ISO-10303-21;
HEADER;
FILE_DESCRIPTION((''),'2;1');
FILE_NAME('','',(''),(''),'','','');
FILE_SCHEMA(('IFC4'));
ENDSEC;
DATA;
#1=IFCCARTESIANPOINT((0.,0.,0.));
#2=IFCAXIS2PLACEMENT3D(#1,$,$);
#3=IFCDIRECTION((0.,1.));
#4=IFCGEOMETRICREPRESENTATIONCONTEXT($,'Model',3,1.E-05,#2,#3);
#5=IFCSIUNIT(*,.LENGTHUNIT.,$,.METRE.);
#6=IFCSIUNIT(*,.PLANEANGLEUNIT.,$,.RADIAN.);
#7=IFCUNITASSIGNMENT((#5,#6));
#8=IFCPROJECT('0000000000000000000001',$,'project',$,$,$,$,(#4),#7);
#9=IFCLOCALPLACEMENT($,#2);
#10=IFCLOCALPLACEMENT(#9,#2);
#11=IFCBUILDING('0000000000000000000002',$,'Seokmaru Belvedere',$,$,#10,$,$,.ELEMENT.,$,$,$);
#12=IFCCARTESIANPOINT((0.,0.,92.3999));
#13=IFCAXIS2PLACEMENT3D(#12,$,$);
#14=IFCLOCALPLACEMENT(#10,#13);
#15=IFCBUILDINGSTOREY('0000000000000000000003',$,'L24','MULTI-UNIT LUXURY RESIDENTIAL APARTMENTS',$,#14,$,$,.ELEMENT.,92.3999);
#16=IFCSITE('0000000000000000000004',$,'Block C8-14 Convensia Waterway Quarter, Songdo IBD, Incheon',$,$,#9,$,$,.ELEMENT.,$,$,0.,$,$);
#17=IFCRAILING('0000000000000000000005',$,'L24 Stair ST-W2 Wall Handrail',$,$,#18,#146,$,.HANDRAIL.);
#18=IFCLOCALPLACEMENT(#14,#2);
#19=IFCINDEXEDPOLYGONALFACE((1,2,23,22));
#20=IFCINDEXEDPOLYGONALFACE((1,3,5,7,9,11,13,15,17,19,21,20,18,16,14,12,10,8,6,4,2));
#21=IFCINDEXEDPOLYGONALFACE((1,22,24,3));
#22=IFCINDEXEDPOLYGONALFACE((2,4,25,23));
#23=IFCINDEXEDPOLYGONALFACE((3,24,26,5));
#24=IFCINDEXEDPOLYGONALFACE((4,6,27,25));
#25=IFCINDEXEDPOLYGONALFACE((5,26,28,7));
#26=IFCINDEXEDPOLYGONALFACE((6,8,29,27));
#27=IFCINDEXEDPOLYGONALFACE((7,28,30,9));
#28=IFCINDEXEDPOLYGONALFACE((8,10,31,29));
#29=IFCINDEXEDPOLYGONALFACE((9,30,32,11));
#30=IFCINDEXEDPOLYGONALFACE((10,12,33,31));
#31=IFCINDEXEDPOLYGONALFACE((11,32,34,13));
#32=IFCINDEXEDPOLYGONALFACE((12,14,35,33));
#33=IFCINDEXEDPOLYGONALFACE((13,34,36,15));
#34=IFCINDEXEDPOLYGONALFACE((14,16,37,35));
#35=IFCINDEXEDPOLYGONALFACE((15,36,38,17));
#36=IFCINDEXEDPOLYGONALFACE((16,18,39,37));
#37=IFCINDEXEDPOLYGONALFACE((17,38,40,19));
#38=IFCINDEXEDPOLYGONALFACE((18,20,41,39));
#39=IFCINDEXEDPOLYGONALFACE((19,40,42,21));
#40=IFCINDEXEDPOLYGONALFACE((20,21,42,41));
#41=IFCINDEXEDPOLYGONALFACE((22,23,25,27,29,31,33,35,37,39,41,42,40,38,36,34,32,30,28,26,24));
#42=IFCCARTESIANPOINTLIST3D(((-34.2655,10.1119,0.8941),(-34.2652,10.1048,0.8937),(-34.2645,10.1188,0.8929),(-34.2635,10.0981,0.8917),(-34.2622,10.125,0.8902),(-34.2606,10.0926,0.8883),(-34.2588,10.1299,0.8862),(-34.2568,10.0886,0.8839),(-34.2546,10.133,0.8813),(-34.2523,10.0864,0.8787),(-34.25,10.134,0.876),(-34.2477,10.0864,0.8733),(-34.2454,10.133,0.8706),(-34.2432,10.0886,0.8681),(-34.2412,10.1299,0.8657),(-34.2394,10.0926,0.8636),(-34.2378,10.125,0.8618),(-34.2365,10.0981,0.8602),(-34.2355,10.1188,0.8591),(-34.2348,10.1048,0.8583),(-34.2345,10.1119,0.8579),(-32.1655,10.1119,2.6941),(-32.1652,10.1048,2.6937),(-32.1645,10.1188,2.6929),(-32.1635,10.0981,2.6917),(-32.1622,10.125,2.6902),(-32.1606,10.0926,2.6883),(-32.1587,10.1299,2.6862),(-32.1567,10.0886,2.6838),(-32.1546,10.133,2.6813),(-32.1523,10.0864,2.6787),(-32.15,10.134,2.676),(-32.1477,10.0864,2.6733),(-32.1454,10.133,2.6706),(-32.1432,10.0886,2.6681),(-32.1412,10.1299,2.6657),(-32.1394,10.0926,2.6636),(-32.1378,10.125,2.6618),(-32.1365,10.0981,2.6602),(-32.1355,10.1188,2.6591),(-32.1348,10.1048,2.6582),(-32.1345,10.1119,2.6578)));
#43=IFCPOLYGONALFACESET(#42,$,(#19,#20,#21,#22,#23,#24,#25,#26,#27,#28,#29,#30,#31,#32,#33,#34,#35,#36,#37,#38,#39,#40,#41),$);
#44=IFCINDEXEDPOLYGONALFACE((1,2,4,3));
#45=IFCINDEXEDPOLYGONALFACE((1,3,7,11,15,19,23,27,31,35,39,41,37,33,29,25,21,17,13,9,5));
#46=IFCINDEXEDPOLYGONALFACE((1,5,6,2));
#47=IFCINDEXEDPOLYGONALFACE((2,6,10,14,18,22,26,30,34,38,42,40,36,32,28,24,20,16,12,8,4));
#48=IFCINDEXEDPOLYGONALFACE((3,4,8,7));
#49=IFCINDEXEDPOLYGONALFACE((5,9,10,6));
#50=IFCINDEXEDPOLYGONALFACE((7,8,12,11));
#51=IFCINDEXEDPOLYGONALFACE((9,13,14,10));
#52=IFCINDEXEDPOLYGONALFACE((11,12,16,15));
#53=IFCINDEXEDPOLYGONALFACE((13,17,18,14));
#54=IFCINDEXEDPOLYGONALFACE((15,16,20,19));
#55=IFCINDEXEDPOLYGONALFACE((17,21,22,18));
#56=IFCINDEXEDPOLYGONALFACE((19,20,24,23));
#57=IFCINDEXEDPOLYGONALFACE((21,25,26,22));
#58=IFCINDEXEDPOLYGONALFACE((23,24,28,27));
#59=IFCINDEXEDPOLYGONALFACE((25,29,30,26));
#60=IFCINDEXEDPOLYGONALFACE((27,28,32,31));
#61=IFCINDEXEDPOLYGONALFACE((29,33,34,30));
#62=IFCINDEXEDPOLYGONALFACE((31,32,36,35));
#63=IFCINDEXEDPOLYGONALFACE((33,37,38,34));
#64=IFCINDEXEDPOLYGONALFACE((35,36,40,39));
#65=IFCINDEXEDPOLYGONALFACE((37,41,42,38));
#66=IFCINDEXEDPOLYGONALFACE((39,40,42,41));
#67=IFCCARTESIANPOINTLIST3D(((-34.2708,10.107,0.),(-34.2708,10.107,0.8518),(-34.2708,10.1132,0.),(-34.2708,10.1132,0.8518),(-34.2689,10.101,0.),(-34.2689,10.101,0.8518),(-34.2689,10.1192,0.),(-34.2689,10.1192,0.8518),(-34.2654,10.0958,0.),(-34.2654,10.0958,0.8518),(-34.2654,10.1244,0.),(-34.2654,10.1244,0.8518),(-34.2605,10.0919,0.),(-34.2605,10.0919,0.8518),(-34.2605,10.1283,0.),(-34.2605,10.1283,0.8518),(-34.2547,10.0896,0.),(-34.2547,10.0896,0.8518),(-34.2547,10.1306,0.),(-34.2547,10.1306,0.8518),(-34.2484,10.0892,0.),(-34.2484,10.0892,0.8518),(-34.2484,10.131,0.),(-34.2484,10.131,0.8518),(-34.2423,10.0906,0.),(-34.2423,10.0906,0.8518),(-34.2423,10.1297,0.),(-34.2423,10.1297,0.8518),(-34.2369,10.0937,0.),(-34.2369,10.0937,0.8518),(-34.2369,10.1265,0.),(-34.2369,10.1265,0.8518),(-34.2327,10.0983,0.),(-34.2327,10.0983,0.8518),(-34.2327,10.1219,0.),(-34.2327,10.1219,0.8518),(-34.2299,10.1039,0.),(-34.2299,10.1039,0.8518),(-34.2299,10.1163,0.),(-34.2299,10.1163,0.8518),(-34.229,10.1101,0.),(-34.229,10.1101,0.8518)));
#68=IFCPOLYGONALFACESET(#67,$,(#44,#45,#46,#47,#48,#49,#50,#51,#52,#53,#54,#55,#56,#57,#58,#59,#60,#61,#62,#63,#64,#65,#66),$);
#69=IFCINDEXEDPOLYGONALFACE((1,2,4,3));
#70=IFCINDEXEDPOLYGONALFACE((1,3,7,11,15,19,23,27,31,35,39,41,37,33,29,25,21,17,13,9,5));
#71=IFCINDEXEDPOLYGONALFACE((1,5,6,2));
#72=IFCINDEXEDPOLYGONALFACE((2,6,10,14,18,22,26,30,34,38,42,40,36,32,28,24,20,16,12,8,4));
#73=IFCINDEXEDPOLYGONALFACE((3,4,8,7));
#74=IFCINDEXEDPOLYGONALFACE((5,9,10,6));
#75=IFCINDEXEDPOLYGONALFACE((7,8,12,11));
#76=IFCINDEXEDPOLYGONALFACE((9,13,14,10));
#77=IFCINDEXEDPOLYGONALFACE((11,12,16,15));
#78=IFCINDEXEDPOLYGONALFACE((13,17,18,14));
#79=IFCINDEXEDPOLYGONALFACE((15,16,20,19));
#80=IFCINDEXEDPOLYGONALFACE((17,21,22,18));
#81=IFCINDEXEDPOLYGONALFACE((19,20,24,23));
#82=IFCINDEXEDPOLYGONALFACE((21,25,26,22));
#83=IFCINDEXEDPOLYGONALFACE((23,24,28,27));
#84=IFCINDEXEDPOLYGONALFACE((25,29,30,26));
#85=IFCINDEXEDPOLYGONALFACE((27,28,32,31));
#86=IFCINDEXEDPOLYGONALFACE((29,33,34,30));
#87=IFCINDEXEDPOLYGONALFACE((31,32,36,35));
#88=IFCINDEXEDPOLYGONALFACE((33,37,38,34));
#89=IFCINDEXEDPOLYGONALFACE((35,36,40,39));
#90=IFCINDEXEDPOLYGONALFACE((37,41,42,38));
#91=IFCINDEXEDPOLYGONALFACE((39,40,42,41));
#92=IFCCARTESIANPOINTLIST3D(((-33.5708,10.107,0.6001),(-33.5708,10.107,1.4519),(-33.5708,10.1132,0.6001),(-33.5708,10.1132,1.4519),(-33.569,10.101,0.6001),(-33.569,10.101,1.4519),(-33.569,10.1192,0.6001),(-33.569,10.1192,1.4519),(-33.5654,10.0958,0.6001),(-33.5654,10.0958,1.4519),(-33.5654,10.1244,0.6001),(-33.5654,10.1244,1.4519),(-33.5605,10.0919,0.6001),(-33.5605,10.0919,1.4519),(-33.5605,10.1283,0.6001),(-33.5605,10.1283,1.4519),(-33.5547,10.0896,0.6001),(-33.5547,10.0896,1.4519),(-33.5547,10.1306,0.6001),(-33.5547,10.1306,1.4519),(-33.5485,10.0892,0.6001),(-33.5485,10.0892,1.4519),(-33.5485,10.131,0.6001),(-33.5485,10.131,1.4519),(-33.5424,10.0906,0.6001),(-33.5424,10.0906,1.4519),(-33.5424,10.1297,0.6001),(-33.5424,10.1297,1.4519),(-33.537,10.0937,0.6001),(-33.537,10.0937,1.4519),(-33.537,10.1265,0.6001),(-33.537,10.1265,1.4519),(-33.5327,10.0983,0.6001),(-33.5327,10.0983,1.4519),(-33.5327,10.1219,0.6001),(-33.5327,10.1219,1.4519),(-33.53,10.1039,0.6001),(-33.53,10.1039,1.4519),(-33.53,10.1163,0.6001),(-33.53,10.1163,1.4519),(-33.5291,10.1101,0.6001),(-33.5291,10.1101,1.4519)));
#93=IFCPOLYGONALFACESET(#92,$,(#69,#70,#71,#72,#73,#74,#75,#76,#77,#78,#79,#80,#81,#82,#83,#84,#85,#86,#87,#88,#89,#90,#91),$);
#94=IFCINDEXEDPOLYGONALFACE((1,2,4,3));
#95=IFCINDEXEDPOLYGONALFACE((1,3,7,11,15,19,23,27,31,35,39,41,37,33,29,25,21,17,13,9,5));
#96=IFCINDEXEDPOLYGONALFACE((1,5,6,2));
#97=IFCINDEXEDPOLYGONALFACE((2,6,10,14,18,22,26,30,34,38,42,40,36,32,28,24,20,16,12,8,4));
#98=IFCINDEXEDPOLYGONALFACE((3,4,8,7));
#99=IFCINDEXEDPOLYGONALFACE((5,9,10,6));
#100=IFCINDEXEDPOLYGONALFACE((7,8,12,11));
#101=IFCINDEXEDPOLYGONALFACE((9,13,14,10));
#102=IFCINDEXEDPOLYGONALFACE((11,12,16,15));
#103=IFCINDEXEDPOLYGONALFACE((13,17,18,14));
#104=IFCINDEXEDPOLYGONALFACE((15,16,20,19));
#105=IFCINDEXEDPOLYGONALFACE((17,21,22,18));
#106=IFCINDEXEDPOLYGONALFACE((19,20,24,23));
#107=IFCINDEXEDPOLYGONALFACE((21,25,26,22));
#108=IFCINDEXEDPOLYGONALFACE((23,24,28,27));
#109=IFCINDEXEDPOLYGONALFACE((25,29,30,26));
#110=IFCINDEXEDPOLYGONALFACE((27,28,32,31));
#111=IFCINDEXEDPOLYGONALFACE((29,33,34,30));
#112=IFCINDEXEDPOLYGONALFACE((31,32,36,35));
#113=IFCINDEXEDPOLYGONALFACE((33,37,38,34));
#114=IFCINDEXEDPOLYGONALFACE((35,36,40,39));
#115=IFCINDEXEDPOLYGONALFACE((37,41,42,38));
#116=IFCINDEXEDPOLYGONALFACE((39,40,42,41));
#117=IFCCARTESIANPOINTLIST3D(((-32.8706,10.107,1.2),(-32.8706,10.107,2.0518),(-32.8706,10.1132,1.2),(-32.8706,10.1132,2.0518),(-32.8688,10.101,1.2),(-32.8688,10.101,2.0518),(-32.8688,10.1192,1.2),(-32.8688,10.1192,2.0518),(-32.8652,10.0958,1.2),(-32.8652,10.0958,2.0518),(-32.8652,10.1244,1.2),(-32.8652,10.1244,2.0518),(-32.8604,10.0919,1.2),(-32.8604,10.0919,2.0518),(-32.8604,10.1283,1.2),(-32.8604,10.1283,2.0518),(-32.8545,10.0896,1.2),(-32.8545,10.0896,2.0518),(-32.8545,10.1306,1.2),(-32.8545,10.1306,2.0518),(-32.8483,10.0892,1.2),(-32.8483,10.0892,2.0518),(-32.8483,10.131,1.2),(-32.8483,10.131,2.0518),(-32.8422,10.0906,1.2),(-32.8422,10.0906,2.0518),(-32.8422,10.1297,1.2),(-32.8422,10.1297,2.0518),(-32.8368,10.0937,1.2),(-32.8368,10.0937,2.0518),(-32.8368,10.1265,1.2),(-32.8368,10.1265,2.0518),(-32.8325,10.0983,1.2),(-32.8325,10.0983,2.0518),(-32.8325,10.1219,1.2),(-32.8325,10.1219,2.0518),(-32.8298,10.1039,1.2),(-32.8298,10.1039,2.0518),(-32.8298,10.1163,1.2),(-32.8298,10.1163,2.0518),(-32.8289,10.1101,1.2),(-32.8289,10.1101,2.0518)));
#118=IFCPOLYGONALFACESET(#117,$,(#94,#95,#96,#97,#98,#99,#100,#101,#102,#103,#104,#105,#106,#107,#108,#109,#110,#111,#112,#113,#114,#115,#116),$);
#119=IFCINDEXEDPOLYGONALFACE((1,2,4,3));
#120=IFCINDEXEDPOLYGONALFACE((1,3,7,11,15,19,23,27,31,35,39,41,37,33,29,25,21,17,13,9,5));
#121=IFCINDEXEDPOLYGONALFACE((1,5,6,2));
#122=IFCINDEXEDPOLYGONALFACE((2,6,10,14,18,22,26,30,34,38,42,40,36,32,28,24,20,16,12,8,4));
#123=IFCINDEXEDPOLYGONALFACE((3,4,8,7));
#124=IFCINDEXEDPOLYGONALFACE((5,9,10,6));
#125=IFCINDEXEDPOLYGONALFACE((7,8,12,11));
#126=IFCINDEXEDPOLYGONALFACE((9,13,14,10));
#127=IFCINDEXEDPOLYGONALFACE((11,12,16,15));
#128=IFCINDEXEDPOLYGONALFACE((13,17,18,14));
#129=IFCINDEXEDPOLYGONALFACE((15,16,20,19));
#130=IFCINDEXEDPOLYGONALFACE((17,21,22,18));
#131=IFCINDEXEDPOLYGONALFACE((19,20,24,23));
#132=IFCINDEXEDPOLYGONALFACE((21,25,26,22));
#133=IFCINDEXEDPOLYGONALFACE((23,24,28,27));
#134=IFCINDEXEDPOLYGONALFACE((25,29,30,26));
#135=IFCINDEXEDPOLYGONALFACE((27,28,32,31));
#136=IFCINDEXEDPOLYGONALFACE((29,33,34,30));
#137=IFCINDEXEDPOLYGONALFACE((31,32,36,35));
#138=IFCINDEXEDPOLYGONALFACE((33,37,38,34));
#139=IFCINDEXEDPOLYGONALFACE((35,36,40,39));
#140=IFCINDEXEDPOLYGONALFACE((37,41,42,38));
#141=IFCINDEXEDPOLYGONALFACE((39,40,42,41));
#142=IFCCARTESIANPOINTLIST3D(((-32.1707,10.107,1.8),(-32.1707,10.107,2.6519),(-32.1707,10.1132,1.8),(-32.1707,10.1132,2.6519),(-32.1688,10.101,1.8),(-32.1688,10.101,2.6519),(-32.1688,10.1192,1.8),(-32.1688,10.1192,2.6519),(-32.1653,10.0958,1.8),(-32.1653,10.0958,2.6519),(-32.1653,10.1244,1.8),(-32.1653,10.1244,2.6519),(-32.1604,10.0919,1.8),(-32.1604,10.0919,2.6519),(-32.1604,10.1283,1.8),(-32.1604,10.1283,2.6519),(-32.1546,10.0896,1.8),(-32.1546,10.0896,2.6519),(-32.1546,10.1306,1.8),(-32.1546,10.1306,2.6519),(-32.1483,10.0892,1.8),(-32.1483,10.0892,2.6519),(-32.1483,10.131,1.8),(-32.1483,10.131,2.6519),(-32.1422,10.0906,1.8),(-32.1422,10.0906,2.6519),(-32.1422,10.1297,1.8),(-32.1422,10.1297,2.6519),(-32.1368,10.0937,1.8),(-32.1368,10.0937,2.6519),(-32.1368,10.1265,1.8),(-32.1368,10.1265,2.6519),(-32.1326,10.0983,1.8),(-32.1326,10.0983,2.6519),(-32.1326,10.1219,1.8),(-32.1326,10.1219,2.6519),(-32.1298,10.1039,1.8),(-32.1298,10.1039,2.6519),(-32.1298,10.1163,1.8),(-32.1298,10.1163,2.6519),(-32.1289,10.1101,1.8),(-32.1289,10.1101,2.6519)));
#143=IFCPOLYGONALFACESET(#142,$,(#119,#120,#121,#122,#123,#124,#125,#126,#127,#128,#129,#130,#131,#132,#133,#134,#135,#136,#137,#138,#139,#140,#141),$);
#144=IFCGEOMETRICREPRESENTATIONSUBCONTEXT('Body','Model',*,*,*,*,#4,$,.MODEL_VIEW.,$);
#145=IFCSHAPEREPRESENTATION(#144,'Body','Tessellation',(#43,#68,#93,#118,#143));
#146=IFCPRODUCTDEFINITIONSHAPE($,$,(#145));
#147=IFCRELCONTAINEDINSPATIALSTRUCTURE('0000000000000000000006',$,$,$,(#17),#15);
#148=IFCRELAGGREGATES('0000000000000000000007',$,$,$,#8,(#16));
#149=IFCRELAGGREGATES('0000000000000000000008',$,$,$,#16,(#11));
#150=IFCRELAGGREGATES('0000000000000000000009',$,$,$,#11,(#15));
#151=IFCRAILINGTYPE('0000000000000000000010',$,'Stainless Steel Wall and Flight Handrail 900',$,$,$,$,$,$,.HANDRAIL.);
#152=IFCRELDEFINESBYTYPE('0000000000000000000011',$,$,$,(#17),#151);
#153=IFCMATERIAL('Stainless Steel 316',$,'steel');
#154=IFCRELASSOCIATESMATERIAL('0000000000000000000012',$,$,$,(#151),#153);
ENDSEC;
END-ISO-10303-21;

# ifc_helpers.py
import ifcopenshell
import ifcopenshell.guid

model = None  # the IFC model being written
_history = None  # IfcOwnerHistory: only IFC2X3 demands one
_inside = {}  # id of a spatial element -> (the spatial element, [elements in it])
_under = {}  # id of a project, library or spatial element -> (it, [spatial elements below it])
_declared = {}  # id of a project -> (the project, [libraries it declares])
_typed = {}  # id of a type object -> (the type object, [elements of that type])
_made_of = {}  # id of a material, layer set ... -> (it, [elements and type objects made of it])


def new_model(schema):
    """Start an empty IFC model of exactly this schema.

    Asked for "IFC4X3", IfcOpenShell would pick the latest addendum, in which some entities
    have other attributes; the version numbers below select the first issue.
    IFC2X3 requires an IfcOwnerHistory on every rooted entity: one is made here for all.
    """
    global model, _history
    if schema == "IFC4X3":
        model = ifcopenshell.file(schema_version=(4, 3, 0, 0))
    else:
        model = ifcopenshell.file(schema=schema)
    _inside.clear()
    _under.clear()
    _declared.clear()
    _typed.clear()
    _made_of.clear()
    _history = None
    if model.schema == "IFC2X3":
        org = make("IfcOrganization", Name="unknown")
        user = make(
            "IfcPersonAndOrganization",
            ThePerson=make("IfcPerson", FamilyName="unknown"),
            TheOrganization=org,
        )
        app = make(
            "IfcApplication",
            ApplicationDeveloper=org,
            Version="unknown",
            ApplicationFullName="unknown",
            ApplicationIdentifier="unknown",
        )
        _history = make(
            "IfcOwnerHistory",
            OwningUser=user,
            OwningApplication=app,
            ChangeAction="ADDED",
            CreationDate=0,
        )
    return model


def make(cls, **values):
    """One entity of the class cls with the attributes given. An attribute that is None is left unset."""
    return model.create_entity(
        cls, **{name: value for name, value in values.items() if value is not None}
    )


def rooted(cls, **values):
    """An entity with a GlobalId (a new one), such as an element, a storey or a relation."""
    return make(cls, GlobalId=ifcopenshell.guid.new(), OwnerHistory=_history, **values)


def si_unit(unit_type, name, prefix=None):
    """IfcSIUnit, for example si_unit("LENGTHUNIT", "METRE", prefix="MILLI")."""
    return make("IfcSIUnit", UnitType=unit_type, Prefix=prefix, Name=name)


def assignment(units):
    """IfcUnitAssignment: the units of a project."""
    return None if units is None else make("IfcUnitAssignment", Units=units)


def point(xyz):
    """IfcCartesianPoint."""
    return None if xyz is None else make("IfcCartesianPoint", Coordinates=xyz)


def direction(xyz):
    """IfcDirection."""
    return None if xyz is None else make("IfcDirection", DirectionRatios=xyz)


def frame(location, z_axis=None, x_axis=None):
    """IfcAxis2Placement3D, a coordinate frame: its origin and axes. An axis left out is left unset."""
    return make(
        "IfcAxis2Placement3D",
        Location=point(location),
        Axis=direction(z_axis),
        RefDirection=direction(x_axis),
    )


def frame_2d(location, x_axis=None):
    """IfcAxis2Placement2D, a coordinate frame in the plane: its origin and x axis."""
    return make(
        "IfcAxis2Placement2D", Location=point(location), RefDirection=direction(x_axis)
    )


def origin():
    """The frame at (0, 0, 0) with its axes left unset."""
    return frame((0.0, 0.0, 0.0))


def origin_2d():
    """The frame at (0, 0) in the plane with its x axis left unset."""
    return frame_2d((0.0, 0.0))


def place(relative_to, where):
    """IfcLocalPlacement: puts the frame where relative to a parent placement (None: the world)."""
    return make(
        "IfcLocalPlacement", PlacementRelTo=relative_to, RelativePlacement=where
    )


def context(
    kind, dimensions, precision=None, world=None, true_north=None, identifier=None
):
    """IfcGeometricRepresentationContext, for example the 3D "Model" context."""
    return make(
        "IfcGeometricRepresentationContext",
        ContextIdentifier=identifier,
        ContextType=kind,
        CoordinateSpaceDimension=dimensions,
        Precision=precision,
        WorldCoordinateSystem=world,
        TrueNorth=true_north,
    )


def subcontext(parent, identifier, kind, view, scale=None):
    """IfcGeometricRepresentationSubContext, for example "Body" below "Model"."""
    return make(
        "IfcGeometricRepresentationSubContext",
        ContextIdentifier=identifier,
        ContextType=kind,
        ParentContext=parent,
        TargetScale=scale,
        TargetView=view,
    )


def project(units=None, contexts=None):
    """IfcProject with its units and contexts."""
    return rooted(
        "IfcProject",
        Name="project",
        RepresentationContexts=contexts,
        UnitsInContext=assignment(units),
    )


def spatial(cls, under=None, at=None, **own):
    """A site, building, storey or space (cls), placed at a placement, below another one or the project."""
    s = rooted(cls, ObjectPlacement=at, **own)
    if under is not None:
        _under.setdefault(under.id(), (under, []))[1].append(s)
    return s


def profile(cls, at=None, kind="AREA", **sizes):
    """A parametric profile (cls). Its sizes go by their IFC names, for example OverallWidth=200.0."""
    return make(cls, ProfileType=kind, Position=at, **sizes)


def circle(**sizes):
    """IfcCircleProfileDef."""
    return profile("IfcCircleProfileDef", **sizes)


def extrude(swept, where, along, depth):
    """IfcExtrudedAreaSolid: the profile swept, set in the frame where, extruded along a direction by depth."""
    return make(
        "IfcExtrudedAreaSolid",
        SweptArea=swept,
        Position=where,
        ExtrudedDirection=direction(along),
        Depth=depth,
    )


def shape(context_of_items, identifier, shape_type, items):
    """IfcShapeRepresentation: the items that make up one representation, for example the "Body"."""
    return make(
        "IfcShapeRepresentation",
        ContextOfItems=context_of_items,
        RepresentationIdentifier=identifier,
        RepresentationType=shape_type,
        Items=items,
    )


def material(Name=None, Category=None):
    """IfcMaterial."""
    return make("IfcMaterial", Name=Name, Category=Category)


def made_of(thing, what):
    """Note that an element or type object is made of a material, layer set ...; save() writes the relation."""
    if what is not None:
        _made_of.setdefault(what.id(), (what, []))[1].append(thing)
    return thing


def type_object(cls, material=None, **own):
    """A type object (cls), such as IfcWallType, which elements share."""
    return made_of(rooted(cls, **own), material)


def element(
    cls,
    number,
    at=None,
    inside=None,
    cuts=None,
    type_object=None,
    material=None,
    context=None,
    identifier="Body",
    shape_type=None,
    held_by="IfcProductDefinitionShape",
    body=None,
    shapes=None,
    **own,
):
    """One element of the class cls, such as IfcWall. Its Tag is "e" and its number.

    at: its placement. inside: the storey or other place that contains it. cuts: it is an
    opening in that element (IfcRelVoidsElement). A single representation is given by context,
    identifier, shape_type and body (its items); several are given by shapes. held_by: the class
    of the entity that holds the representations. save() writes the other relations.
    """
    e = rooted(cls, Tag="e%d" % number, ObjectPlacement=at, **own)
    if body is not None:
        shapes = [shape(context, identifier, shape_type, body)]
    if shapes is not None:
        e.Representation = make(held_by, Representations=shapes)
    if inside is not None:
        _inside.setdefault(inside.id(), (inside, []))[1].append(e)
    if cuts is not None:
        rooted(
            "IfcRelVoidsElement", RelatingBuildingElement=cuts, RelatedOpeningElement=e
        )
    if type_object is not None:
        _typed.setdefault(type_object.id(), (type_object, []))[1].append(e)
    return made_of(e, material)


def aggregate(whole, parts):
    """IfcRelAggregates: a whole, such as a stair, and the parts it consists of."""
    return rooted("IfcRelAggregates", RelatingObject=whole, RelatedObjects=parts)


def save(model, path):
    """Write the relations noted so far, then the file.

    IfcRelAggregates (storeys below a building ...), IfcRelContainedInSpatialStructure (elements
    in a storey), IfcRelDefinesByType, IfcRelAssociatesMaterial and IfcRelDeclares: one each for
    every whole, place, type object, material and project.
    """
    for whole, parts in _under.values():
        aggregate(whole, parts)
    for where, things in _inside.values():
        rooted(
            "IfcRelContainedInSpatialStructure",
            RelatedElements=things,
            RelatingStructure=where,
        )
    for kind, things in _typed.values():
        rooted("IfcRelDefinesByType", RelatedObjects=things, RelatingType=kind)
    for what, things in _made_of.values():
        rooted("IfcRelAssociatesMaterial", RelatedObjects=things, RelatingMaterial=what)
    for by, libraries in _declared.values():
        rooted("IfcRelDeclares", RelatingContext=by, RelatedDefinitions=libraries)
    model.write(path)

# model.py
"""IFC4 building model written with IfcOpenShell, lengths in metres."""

from ifc_helpers import new_model, si_unit, direction, frame, origin, origin_2d, place, context, subcontext, project, spatial, circle, extrude, material, type_object, element, save


model = new_model("IFC4")

# Units and contexts
model_context = context("Model", 3, precision=1e-05, world=origin(), true_north=direction((0.0, 1.0)))
body_context = subcontext(model_context, "Body", "Model", "MODEL_VIEW")
ifc_project = project(units=[si_unit("LENGTHUNIT", "METRE"), si_unit("PLANEANGLEUNIT", "RADIAN")], contexts=[model_context])

# Site, building, storey
site_placement = place(None, origin())
site = spatial("IfcSite", under=ifc_project, at=site_placement, Name="Block C8-14 Convensia Waterway Quarter, Songdo IBD, Incheon", CompositionType="ELEMENT", RefElevation=0.0)
building_placement = place(site_placement, origin())
building = spatial("IfcBuilding", under=site, at=building_placement, Name="Seokmaru Belvedere", CompositionType="ELEMENT")
storey_placement = place(building_placement, frame((0.0, 0.0, 92.3999)))
storey = spatial("IfcBuildingStorey", under=building, at=storey_placement, Name="L24", Description="MULTI-UNIT LUXURY RESIDENTIAL APARTMENTS", CompositionType="ELEMENT", Elevation=92.3999)

# Railing
ifc_material_1 = material(Name="Stainless Steel 316", Category="steel")
railing_type_1 = type_object("IfcRailingType", Name="Stainless Steel Wall and Flight Handrail 900", PredefinedType="HANDRAIL", material=ifc_material_1)
railing_1_placement = place(storey_placement, frame((-34.25, 10.1101, 0.0)))
element("IfcRailing", 1, at=railing_1_placement, inside=storey, type_object=railing_type_1, Name="L24 Stair ST-W2 Wall Handrail", PredefinedType="HANDRAIL", context=body_context, shape_type="SweptSolid", body=[
    extrude(circle(Radius=0.0239, at=origin_2d()), frame((0.0, 0.0, 0.876), z_axis=(0.759263, 0.0, 0.650784), x_axis=(0.0, 1.0, 0.0)), (0.0, 0.0, 1.0), 2.7659),
    extrude(circle(Radius=0.021, at=origin_2d()), origin(), (0.0, 0.0, 1.0), 0.8518),
    extrude(circle(Radius=0.021, at=origin_2d()), frame((0.7, 0.0, 0.6001)), (0.0, 0.0, 1.0), 0.8518),
    extrude(circle(Radius=0.021, at=origin_2d()), frame((1.4001, 0.0, 1.2)), (0.0, 0.0, 1.0), 0.8518),
    extrude(circle(Radius=0.021, at=origin_2d()), frame((2.1001, 0.0, 1.8)), (0.0, 0.0, 1.0), 0.8518),
])

save(model, "model.ifc")
